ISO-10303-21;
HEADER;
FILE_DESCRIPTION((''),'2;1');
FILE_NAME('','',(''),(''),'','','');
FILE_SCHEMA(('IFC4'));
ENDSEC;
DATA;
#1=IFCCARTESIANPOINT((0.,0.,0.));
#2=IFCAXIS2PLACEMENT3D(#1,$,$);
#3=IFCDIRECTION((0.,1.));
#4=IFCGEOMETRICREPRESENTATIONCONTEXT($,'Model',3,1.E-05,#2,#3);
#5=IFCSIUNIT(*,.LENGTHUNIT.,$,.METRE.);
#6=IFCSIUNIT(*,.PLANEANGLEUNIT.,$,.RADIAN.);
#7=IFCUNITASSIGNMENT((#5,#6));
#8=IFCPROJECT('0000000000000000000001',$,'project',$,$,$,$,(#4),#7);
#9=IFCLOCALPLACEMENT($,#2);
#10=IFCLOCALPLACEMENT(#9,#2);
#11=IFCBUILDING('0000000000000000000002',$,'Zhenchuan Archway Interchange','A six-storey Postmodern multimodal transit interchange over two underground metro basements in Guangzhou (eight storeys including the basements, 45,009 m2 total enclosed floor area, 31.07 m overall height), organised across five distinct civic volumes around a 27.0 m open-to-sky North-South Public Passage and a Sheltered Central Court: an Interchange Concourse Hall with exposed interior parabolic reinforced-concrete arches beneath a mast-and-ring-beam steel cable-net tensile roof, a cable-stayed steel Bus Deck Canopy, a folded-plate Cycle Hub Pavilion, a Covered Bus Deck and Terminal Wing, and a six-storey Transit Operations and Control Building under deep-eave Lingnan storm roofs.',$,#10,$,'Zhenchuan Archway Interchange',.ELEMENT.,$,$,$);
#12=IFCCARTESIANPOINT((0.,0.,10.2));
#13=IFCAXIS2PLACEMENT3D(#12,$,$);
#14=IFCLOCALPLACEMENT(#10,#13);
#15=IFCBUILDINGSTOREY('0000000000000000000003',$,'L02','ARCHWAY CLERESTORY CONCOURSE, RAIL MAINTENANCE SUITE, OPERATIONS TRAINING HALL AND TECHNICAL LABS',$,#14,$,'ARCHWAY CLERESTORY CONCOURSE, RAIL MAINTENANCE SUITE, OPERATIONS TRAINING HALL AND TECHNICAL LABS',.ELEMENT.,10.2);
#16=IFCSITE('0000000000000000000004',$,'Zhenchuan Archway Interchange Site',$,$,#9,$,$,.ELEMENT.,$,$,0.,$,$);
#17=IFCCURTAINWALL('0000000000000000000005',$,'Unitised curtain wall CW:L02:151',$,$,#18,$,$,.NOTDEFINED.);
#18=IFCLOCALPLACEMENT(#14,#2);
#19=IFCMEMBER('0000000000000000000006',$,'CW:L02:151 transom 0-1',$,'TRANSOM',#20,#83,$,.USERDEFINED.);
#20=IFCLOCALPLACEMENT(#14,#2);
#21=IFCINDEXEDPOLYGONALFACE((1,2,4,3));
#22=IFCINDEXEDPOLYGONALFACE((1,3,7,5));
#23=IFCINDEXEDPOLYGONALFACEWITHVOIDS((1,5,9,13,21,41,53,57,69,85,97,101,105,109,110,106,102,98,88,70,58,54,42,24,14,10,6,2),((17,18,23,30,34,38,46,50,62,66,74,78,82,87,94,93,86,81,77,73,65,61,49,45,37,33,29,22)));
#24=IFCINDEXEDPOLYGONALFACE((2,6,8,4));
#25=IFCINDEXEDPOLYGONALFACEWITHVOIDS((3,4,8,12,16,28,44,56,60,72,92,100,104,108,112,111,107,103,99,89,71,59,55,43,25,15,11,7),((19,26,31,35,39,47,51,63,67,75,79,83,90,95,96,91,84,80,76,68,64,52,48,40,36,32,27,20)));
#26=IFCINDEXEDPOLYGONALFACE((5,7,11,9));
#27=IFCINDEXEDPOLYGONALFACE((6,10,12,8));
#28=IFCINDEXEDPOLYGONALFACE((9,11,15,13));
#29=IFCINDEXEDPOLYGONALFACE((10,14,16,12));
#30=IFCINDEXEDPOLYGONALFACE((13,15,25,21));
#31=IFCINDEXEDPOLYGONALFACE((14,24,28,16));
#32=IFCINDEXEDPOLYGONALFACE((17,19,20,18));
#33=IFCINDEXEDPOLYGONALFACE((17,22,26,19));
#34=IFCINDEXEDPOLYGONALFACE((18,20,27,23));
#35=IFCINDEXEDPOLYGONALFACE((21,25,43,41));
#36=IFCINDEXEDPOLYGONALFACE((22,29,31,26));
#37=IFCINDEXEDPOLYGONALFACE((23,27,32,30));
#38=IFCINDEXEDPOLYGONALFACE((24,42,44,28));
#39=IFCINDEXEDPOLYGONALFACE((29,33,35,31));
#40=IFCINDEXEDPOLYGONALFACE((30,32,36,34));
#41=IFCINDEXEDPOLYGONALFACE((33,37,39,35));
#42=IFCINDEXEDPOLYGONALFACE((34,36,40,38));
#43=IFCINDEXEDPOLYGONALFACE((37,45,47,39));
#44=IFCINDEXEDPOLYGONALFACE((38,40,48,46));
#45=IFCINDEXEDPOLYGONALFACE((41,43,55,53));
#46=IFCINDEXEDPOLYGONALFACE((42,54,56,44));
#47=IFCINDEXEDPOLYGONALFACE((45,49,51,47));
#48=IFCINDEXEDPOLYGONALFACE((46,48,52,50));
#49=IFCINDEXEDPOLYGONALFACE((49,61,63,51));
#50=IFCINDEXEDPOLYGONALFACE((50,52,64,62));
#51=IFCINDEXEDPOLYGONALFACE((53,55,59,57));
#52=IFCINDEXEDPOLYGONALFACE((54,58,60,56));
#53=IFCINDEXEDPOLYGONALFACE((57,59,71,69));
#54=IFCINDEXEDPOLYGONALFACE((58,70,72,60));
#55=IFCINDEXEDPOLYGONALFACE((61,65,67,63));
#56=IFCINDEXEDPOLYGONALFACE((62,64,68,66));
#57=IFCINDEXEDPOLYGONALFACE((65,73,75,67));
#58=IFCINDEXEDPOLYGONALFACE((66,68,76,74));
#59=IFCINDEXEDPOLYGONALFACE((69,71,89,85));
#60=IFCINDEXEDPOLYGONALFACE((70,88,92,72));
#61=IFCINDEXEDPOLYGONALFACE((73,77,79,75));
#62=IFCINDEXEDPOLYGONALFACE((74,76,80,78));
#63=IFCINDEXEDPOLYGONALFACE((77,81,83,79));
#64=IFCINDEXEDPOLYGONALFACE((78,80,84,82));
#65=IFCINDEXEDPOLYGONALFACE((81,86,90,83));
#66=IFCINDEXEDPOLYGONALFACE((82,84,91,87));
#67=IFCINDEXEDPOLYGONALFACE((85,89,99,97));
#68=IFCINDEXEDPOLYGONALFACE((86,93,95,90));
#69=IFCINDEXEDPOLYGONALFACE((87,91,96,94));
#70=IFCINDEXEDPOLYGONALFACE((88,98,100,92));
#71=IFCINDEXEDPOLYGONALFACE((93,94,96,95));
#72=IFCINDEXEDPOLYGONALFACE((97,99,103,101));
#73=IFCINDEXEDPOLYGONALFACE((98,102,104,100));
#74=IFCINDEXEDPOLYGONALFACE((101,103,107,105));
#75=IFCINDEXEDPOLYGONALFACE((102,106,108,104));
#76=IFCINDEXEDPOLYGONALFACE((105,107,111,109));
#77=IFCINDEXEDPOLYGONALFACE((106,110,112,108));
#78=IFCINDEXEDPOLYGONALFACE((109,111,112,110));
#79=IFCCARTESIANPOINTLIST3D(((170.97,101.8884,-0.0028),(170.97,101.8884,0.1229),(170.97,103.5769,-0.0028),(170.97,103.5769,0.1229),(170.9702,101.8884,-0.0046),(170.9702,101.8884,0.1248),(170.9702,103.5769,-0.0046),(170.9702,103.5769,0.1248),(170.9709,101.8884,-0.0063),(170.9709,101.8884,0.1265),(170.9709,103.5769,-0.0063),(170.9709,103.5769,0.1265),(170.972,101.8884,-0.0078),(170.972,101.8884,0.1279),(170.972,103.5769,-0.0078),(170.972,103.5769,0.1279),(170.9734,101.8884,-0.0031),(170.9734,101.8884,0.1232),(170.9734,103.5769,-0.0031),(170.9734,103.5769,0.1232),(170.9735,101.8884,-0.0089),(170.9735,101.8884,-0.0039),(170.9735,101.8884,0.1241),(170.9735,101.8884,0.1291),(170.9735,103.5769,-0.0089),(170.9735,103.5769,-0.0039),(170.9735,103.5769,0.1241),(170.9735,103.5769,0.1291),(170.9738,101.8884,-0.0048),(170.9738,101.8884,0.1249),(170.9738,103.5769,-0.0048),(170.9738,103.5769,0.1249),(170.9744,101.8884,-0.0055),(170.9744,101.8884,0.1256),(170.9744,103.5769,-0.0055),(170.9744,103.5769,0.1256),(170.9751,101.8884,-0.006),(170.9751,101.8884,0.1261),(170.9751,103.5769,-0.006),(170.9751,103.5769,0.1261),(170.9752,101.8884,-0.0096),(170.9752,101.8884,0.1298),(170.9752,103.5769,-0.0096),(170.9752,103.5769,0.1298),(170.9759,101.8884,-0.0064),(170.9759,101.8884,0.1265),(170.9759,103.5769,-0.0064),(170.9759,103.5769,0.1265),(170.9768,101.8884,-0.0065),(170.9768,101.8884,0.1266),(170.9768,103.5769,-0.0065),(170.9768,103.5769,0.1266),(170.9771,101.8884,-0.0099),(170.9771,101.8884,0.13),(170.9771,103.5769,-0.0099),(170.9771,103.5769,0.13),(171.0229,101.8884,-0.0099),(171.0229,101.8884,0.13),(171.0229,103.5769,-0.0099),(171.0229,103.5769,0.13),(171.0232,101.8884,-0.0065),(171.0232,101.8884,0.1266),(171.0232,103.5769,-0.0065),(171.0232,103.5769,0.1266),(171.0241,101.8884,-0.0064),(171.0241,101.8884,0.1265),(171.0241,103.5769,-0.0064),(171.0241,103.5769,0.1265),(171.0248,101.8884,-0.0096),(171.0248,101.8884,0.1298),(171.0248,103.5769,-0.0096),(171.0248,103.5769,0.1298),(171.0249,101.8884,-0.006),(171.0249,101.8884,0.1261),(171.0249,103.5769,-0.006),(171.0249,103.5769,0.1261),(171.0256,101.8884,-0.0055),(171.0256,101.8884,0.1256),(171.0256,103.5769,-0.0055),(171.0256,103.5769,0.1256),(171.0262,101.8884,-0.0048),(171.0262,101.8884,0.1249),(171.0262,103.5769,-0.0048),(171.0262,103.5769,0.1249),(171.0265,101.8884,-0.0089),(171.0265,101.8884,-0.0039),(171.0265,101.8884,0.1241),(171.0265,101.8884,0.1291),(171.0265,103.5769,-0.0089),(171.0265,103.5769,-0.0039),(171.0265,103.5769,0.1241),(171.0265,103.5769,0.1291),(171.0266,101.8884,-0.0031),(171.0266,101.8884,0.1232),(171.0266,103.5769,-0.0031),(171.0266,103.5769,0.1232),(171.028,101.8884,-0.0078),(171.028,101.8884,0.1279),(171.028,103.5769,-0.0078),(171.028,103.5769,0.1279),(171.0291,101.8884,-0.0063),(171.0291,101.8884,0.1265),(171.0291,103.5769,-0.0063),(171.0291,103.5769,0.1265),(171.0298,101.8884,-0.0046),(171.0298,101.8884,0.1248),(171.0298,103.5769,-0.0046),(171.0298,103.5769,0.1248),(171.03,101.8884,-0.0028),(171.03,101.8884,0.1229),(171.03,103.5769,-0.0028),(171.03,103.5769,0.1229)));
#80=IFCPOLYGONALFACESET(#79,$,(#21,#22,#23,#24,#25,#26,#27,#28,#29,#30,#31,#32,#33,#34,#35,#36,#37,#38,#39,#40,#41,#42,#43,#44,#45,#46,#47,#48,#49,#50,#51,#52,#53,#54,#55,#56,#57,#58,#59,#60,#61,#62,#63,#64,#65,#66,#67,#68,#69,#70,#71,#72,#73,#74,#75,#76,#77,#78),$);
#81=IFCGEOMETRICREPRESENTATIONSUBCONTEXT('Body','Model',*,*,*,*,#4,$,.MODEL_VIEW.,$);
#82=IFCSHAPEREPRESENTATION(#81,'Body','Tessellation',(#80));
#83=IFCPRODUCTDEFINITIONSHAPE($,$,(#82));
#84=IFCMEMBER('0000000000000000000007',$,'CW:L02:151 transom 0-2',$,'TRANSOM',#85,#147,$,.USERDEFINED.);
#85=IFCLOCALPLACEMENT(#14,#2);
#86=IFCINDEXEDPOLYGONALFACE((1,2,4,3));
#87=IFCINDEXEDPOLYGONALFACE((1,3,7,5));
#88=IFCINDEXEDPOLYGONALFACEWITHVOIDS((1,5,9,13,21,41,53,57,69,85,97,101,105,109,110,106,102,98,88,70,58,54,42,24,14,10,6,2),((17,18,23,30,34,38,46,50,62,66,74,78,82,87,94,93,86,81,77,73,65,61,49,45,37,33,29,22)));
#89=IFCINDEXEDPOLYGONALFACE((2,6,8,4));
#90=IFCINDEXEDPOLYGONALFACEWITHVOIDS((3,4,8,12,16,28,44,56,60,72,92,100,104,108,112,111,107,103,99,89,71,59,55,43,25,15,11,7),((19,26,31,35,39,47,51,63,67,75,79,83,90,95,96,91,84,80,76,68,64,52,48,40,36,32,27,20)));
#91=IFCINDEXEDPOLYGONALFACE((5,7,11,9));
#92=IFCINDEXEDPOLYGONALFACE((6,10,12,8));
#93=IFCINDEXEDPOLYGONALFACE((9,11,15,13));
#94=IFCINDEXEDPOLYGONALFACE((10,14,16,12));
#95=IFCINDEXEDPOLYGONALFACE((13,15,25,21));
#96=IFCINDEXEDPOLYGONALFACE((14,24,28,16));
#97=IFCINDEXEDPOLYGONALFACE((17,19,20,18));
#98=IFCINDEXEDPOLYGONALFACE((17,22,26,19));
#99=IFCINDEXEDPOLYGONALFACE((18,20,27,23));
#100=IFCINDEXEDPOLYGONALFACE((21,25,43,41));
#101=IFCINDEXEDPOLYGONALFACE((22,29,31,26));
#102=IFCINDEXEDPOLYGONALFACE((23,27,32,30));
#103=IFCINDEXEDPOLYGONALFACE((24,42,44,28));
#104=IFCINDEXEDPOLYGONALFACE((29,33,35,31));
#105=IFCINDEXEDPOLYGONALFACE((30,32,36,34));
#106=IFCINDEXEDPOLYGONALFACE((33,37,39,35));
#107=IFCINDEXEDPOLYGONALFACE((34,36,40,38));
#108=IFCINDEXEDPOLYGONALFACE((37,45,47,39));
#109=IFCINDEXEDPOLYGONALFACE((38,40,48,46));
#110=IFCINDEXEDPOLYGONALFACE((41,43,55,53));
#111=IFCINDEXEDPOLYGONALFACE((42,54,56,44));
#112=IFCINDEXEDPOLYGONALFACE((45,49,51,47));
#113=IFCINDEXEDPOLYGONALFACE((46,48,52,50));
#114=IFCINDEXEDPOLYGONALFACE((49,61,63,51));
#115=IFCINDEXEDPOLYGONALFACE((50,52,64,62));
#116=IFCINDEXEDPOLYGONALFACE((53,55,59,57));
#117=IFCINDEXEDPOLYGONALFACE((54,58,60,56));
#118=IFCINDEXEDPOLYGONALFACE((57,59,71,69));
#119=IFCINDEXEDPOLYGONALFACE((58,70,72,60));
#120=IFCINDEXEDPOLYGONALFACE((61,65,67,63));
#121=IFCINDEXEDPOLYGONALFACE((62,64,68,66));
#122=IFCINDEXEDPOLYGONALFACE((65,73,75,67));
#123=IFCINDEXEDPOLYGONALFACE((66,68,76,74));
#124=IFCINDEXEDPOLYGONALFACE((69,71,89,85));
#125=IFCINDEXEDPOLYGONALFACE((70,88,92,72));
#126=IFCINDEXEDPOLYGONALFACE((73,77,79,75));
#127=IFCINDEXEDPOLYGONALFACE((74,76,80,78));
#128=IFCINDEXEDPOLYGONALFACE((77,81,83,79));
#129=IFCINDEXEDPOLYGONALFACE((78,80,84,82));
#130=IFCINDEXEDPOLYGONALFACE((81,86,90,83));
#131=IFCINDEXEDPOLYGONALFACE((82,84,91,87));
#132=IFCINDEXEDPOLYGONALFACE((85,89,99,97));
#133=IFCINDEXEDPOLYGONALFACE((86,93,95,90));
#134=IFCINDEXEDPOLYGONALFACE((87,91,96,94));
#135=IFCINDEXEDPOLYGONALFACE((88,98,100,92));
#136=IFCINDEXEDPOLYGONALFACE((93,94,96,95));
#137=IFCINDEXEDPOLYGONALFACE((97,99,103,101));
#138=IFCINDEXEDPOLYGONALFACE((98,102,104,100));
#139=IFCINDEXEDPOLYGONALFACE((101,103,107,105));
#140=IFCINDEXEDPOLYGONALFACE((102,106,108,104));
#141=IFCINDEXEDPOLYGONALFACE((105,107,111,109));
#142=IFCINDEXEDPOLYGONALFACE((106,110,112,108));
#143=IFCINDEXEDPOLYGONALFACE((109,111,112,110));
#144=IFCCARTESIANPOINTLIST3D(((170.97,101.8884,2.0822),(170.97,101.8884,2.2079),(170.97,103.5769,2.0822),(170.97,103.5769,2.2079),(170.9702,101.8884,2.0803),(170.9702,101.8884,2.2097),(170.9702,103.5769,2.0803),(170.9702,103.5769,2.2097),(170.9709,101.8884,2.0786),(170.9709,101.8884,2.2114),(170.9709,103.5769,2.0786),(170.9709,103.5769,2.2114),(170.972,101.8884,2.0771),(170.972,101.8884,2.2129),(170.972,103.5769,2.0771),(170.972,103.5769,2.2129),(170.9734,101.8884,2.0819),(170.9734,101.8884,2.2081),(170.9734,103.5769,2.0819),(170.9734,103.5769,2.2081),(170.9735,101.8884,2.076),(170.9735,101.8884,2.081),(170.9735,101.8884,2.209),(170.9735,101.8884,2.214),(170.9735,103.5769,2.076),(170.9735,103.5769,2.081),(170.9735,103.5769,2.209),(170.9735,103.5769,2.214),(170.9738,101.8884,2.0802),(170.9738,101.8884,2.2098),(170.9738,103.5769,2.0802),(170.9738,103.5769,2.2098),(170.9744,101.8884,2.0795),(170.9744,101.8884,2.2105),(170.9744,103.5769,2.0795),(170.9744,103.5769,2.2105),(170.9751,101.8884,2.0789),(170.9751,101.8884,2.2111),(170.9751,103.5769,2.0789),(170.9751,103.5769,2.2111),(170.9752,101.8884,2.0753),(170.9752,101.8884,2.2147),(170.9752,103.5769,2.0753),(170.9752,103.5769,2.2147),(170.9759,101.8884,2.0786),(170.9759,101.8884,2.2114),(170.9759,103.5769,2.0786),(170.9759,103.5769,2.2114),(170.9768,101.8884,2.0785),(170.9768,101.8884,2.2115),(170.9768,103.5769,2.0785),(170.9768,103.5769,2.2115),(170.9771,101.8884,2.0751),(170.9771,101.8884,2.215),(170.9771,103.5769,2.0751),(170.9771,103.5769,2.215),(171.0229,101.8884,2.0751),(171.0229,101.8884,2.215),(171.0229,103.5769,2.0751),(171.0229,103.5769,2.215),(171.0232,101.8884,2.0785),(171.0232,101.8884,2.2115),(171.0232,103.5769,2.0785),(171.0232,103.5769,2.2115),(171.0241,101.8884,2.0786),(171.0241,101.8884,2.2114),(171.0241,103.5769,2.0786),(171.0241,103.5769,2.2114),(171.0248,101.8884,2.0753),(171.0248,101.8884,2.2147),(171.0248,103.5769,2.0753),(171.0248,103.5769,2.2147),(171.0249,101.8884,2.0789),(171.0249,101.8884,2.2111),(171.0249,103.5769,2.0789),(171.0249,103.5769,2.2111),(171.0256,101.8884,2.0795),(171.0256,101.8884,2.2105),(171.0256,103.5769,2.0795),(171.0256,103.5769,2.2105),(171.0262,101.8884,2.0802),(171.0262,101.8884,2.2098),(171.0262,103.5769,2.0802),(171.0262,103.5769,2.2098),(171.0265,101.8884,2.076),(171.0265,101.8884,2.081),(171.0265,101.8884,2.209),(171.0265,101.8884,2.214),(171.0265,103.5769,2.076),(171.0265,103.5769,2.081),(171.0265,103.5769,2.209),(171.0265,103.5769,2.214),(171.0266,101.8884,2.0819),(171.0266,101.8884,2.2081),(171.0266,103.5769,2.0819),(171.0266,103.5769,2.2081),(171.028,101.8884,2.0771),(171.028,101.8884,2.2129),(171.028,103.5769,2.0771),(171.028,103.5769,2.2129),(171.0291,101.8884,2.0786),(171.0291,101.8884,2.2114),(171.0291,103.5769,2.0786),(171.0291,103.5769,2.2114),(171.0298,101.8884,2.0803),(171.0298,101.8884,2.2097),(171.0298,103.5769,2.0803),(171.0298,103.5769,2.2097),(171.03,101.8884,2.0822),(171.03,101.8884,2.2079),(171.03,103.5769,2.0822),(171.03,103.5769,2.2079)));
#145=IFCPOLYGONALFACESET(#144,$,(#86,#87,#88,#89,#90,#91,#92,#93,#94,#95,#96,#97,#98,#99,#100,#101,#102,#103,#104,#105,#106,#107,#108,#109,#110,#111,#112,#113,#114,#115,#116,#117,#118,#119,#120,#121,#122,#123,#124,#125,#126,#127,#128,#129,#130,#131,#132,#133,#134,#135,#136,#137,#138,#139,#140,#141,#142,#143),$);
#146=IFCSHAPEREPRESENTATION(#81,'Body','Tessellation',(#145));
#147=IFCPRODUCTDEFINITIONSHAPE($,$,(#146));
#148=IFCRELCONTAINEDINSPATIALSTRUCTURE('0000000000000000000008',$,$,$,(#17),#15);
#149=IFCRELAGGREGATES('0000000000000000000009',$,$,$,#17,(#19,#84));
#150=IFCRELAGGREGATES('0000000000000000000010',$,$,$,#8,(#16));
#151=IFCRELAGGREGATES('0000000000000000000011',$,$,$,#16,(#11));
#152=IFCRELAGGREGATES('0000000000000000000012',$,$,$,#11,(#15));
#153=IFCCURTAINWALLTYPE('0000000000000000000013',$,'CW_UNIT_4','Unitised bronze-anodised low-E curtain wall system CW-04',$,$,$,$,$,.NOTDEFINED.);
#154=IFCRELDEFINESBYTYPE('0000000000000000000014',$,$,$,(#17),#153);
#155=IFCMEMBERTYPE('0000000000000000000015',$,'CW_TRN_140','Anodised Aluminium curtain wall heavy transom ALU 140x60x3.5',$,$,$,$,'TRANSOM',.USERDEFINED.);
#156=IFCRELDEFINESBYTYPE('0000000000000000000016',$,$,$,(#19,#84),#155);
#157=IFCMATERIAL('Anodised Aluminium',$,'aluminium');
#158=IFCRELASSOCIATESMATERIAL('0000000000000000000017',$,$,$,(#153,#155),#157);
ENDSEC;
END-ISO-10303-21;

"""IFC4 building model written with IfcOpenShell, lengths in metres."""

from ifc_helpers import new_model, si_unit, direction, frame, origin, origin_2d, place, context, subcontext, project, spatial, hollow_rectangle, extrude, material, material_profile, profile_set, type_object, element, aggregate, save


model = new_model("IFC4")

# Units and contexts
model_context = context("Model", 3, precision=1e-05, world=origin(), true_north=direction((0.0, 1.0)))
body_context = subcontext(model_context, "Body", "Model", "MODEL_VIEW")
ifc_project = project(units=[si_unit("LENGTHUNIT", "METRE"), si_unit("PLANEANGLEUNIT", "RADIAN")], contexts=[model_context])

# Site, building, storey
site_placement = place(None, origin())
site = spatial("IfcSite", under=ifc_project, at=site_placement, Name="Zhenchuan Archway Interchange Site", CompositionType="ELEMENT", RefElevation=0.0)
building_placement = place(site_placement, origin())
building = spatial("IfcBuilding", under=site, at=building_placement, Name="Zhenchuan Archway Interchange", Description="A six-storey Postmodern multimodal transit interchange over two underground metro basements in Guangzhou (eight storeys including the basements, 45,009 m2 total enclosed floor area, 31.07 m overall height), organised across five distinct civic volumes around a 27.0 m open-to-sky North-South Public Passage and a Sheltered Central Court: an Interchange Concourse Hall with exposed interior parabolic reinforced-concrete arches beneath a mast-and-ring-beam steel cable-net tensile roof, a cable-stayed steel Bus Deck Canopy, a folded-plate Cycle Hub Pavilion, a Covered Bus Deck and Terminal Wing, and a six-storey Transit Operations and Control Building under deep-eave Lingnan storm roofs.", LongName="Zhenchuan Archway Interchange", CompositionType="ELEMENT")
storey_placement = place(building_placement, frame((0.0, 0.0, 10.2)))
storey = spatial("IfcBuildingStorey", under=building, at=storey_placement, Name="L02", Description="ARCHWAY CLERESTORY CONCOURSE, RAIL MAINTENANCE SUITE, OPERATIONS TRAINING HALL AND TECHNICAL LABS", LongName="ARCHWAY CLERESTORY CONCOURSE, RAIL MAINTENANCE SUITE, OPERATIONS TRAINING HALL AND TECHNICAL LABS", CompositionType="ELEMENT", Elevation=10.2)

# Curtain wall, members
ifc_material_1 = material(Name="Anodised Aluminium", Category="aluminium")
curtain_wall_type = type_object("IfcCurtainWallType", Name="CW_UNIT_4", Description="Unitised bronze-anodised low-E curtain wall system CW-04", PredefinedType="NOTDEFINED", material=ifc_material_1)
curtain_wall_placement = place(storey_placement, origin())
curtain_wall = element("IfcCurtainWall", 1, at=curtain_wall_placement, inside=storey, type_object=curtain_wall_type, Name="Unitised curtain wall CW:L02:151", PredefinedType="NOTDEFINED")
ifc_material_profile_1 = material_profile(ifc_material_1, hollow_rectangle(XDim=0.0601, YDim=0.1399, WallThickness=0.0034, InnerFilletRadius=0.0034, OuterFilletRadius=0.0071, at=origin_2d()), Name="ALU 140x60x3.5")
ifc_profile_set_1 = profile_set([ifc_material_profile_1], Name="Anodised Aluminium")
member_type_1 = type_object("IfcMemberType", Name="CW_TRN_140", Description="Anodised Aluminium curtain wall heavy transom ALU 140x60x3.5", ElementType="TRANSOM", PredefinedType="USERDEFINED", material=ifc_profile_set_1)
member_1_placement = place(storey_placement, frame((171.0, 103.5769, 0.0601), z_axis=(0.0, -1.0, 0.0), x_axis=(1.0, 0.0, 0.0)))
member_1 = element("IfcMember", 2, at=member_1_placement, type_object=member_type_1, Name="CW:L02:151 transom 0-1", ObjectType="TRANSOM", PredefinedType="USERDEFINED", context=body_context, shape_type="SweptSolid", body=[
    extrude(hollow_rectangle(XDim=0.0601, YDim=0.1399, WallThickness=0.0034, InnerFilletRadius=0.0034, OuterFilletRadius=0.0071, at=origin_2d()), origin(), (0.0, 0.0, 1.0), 1.6885),
])
member_2_placement = place(storey_placement, frame((171.0, 103.5769, 2.145), z_axis=(0.0, -1.0, 0.0), x_axis=(1.0, 0.0, 0.0)))
member_2 = element("IfcMember", 3, at=member_2_placement, type_object=member_type_1, Name="CW:L02:151 transom 0-2", ObjectType="TRANSOM", PredefinedType="USERDEFINED", context=body_context, shape_type="SweptSolid", body=[
    extrude(hollow_rectangle(XDim=0.0601, YDim=0.1399, WallThickness=0.0034, InnerFilletRadius=0.0034, OuterFilletRadius=0.0071, at=origin_2d()), origin(), (0.0, 0.0, 1.0), 1.6885),
])
aggregate(curtain_wall, [member_1, member_2])

save(model, "model.ifc")
